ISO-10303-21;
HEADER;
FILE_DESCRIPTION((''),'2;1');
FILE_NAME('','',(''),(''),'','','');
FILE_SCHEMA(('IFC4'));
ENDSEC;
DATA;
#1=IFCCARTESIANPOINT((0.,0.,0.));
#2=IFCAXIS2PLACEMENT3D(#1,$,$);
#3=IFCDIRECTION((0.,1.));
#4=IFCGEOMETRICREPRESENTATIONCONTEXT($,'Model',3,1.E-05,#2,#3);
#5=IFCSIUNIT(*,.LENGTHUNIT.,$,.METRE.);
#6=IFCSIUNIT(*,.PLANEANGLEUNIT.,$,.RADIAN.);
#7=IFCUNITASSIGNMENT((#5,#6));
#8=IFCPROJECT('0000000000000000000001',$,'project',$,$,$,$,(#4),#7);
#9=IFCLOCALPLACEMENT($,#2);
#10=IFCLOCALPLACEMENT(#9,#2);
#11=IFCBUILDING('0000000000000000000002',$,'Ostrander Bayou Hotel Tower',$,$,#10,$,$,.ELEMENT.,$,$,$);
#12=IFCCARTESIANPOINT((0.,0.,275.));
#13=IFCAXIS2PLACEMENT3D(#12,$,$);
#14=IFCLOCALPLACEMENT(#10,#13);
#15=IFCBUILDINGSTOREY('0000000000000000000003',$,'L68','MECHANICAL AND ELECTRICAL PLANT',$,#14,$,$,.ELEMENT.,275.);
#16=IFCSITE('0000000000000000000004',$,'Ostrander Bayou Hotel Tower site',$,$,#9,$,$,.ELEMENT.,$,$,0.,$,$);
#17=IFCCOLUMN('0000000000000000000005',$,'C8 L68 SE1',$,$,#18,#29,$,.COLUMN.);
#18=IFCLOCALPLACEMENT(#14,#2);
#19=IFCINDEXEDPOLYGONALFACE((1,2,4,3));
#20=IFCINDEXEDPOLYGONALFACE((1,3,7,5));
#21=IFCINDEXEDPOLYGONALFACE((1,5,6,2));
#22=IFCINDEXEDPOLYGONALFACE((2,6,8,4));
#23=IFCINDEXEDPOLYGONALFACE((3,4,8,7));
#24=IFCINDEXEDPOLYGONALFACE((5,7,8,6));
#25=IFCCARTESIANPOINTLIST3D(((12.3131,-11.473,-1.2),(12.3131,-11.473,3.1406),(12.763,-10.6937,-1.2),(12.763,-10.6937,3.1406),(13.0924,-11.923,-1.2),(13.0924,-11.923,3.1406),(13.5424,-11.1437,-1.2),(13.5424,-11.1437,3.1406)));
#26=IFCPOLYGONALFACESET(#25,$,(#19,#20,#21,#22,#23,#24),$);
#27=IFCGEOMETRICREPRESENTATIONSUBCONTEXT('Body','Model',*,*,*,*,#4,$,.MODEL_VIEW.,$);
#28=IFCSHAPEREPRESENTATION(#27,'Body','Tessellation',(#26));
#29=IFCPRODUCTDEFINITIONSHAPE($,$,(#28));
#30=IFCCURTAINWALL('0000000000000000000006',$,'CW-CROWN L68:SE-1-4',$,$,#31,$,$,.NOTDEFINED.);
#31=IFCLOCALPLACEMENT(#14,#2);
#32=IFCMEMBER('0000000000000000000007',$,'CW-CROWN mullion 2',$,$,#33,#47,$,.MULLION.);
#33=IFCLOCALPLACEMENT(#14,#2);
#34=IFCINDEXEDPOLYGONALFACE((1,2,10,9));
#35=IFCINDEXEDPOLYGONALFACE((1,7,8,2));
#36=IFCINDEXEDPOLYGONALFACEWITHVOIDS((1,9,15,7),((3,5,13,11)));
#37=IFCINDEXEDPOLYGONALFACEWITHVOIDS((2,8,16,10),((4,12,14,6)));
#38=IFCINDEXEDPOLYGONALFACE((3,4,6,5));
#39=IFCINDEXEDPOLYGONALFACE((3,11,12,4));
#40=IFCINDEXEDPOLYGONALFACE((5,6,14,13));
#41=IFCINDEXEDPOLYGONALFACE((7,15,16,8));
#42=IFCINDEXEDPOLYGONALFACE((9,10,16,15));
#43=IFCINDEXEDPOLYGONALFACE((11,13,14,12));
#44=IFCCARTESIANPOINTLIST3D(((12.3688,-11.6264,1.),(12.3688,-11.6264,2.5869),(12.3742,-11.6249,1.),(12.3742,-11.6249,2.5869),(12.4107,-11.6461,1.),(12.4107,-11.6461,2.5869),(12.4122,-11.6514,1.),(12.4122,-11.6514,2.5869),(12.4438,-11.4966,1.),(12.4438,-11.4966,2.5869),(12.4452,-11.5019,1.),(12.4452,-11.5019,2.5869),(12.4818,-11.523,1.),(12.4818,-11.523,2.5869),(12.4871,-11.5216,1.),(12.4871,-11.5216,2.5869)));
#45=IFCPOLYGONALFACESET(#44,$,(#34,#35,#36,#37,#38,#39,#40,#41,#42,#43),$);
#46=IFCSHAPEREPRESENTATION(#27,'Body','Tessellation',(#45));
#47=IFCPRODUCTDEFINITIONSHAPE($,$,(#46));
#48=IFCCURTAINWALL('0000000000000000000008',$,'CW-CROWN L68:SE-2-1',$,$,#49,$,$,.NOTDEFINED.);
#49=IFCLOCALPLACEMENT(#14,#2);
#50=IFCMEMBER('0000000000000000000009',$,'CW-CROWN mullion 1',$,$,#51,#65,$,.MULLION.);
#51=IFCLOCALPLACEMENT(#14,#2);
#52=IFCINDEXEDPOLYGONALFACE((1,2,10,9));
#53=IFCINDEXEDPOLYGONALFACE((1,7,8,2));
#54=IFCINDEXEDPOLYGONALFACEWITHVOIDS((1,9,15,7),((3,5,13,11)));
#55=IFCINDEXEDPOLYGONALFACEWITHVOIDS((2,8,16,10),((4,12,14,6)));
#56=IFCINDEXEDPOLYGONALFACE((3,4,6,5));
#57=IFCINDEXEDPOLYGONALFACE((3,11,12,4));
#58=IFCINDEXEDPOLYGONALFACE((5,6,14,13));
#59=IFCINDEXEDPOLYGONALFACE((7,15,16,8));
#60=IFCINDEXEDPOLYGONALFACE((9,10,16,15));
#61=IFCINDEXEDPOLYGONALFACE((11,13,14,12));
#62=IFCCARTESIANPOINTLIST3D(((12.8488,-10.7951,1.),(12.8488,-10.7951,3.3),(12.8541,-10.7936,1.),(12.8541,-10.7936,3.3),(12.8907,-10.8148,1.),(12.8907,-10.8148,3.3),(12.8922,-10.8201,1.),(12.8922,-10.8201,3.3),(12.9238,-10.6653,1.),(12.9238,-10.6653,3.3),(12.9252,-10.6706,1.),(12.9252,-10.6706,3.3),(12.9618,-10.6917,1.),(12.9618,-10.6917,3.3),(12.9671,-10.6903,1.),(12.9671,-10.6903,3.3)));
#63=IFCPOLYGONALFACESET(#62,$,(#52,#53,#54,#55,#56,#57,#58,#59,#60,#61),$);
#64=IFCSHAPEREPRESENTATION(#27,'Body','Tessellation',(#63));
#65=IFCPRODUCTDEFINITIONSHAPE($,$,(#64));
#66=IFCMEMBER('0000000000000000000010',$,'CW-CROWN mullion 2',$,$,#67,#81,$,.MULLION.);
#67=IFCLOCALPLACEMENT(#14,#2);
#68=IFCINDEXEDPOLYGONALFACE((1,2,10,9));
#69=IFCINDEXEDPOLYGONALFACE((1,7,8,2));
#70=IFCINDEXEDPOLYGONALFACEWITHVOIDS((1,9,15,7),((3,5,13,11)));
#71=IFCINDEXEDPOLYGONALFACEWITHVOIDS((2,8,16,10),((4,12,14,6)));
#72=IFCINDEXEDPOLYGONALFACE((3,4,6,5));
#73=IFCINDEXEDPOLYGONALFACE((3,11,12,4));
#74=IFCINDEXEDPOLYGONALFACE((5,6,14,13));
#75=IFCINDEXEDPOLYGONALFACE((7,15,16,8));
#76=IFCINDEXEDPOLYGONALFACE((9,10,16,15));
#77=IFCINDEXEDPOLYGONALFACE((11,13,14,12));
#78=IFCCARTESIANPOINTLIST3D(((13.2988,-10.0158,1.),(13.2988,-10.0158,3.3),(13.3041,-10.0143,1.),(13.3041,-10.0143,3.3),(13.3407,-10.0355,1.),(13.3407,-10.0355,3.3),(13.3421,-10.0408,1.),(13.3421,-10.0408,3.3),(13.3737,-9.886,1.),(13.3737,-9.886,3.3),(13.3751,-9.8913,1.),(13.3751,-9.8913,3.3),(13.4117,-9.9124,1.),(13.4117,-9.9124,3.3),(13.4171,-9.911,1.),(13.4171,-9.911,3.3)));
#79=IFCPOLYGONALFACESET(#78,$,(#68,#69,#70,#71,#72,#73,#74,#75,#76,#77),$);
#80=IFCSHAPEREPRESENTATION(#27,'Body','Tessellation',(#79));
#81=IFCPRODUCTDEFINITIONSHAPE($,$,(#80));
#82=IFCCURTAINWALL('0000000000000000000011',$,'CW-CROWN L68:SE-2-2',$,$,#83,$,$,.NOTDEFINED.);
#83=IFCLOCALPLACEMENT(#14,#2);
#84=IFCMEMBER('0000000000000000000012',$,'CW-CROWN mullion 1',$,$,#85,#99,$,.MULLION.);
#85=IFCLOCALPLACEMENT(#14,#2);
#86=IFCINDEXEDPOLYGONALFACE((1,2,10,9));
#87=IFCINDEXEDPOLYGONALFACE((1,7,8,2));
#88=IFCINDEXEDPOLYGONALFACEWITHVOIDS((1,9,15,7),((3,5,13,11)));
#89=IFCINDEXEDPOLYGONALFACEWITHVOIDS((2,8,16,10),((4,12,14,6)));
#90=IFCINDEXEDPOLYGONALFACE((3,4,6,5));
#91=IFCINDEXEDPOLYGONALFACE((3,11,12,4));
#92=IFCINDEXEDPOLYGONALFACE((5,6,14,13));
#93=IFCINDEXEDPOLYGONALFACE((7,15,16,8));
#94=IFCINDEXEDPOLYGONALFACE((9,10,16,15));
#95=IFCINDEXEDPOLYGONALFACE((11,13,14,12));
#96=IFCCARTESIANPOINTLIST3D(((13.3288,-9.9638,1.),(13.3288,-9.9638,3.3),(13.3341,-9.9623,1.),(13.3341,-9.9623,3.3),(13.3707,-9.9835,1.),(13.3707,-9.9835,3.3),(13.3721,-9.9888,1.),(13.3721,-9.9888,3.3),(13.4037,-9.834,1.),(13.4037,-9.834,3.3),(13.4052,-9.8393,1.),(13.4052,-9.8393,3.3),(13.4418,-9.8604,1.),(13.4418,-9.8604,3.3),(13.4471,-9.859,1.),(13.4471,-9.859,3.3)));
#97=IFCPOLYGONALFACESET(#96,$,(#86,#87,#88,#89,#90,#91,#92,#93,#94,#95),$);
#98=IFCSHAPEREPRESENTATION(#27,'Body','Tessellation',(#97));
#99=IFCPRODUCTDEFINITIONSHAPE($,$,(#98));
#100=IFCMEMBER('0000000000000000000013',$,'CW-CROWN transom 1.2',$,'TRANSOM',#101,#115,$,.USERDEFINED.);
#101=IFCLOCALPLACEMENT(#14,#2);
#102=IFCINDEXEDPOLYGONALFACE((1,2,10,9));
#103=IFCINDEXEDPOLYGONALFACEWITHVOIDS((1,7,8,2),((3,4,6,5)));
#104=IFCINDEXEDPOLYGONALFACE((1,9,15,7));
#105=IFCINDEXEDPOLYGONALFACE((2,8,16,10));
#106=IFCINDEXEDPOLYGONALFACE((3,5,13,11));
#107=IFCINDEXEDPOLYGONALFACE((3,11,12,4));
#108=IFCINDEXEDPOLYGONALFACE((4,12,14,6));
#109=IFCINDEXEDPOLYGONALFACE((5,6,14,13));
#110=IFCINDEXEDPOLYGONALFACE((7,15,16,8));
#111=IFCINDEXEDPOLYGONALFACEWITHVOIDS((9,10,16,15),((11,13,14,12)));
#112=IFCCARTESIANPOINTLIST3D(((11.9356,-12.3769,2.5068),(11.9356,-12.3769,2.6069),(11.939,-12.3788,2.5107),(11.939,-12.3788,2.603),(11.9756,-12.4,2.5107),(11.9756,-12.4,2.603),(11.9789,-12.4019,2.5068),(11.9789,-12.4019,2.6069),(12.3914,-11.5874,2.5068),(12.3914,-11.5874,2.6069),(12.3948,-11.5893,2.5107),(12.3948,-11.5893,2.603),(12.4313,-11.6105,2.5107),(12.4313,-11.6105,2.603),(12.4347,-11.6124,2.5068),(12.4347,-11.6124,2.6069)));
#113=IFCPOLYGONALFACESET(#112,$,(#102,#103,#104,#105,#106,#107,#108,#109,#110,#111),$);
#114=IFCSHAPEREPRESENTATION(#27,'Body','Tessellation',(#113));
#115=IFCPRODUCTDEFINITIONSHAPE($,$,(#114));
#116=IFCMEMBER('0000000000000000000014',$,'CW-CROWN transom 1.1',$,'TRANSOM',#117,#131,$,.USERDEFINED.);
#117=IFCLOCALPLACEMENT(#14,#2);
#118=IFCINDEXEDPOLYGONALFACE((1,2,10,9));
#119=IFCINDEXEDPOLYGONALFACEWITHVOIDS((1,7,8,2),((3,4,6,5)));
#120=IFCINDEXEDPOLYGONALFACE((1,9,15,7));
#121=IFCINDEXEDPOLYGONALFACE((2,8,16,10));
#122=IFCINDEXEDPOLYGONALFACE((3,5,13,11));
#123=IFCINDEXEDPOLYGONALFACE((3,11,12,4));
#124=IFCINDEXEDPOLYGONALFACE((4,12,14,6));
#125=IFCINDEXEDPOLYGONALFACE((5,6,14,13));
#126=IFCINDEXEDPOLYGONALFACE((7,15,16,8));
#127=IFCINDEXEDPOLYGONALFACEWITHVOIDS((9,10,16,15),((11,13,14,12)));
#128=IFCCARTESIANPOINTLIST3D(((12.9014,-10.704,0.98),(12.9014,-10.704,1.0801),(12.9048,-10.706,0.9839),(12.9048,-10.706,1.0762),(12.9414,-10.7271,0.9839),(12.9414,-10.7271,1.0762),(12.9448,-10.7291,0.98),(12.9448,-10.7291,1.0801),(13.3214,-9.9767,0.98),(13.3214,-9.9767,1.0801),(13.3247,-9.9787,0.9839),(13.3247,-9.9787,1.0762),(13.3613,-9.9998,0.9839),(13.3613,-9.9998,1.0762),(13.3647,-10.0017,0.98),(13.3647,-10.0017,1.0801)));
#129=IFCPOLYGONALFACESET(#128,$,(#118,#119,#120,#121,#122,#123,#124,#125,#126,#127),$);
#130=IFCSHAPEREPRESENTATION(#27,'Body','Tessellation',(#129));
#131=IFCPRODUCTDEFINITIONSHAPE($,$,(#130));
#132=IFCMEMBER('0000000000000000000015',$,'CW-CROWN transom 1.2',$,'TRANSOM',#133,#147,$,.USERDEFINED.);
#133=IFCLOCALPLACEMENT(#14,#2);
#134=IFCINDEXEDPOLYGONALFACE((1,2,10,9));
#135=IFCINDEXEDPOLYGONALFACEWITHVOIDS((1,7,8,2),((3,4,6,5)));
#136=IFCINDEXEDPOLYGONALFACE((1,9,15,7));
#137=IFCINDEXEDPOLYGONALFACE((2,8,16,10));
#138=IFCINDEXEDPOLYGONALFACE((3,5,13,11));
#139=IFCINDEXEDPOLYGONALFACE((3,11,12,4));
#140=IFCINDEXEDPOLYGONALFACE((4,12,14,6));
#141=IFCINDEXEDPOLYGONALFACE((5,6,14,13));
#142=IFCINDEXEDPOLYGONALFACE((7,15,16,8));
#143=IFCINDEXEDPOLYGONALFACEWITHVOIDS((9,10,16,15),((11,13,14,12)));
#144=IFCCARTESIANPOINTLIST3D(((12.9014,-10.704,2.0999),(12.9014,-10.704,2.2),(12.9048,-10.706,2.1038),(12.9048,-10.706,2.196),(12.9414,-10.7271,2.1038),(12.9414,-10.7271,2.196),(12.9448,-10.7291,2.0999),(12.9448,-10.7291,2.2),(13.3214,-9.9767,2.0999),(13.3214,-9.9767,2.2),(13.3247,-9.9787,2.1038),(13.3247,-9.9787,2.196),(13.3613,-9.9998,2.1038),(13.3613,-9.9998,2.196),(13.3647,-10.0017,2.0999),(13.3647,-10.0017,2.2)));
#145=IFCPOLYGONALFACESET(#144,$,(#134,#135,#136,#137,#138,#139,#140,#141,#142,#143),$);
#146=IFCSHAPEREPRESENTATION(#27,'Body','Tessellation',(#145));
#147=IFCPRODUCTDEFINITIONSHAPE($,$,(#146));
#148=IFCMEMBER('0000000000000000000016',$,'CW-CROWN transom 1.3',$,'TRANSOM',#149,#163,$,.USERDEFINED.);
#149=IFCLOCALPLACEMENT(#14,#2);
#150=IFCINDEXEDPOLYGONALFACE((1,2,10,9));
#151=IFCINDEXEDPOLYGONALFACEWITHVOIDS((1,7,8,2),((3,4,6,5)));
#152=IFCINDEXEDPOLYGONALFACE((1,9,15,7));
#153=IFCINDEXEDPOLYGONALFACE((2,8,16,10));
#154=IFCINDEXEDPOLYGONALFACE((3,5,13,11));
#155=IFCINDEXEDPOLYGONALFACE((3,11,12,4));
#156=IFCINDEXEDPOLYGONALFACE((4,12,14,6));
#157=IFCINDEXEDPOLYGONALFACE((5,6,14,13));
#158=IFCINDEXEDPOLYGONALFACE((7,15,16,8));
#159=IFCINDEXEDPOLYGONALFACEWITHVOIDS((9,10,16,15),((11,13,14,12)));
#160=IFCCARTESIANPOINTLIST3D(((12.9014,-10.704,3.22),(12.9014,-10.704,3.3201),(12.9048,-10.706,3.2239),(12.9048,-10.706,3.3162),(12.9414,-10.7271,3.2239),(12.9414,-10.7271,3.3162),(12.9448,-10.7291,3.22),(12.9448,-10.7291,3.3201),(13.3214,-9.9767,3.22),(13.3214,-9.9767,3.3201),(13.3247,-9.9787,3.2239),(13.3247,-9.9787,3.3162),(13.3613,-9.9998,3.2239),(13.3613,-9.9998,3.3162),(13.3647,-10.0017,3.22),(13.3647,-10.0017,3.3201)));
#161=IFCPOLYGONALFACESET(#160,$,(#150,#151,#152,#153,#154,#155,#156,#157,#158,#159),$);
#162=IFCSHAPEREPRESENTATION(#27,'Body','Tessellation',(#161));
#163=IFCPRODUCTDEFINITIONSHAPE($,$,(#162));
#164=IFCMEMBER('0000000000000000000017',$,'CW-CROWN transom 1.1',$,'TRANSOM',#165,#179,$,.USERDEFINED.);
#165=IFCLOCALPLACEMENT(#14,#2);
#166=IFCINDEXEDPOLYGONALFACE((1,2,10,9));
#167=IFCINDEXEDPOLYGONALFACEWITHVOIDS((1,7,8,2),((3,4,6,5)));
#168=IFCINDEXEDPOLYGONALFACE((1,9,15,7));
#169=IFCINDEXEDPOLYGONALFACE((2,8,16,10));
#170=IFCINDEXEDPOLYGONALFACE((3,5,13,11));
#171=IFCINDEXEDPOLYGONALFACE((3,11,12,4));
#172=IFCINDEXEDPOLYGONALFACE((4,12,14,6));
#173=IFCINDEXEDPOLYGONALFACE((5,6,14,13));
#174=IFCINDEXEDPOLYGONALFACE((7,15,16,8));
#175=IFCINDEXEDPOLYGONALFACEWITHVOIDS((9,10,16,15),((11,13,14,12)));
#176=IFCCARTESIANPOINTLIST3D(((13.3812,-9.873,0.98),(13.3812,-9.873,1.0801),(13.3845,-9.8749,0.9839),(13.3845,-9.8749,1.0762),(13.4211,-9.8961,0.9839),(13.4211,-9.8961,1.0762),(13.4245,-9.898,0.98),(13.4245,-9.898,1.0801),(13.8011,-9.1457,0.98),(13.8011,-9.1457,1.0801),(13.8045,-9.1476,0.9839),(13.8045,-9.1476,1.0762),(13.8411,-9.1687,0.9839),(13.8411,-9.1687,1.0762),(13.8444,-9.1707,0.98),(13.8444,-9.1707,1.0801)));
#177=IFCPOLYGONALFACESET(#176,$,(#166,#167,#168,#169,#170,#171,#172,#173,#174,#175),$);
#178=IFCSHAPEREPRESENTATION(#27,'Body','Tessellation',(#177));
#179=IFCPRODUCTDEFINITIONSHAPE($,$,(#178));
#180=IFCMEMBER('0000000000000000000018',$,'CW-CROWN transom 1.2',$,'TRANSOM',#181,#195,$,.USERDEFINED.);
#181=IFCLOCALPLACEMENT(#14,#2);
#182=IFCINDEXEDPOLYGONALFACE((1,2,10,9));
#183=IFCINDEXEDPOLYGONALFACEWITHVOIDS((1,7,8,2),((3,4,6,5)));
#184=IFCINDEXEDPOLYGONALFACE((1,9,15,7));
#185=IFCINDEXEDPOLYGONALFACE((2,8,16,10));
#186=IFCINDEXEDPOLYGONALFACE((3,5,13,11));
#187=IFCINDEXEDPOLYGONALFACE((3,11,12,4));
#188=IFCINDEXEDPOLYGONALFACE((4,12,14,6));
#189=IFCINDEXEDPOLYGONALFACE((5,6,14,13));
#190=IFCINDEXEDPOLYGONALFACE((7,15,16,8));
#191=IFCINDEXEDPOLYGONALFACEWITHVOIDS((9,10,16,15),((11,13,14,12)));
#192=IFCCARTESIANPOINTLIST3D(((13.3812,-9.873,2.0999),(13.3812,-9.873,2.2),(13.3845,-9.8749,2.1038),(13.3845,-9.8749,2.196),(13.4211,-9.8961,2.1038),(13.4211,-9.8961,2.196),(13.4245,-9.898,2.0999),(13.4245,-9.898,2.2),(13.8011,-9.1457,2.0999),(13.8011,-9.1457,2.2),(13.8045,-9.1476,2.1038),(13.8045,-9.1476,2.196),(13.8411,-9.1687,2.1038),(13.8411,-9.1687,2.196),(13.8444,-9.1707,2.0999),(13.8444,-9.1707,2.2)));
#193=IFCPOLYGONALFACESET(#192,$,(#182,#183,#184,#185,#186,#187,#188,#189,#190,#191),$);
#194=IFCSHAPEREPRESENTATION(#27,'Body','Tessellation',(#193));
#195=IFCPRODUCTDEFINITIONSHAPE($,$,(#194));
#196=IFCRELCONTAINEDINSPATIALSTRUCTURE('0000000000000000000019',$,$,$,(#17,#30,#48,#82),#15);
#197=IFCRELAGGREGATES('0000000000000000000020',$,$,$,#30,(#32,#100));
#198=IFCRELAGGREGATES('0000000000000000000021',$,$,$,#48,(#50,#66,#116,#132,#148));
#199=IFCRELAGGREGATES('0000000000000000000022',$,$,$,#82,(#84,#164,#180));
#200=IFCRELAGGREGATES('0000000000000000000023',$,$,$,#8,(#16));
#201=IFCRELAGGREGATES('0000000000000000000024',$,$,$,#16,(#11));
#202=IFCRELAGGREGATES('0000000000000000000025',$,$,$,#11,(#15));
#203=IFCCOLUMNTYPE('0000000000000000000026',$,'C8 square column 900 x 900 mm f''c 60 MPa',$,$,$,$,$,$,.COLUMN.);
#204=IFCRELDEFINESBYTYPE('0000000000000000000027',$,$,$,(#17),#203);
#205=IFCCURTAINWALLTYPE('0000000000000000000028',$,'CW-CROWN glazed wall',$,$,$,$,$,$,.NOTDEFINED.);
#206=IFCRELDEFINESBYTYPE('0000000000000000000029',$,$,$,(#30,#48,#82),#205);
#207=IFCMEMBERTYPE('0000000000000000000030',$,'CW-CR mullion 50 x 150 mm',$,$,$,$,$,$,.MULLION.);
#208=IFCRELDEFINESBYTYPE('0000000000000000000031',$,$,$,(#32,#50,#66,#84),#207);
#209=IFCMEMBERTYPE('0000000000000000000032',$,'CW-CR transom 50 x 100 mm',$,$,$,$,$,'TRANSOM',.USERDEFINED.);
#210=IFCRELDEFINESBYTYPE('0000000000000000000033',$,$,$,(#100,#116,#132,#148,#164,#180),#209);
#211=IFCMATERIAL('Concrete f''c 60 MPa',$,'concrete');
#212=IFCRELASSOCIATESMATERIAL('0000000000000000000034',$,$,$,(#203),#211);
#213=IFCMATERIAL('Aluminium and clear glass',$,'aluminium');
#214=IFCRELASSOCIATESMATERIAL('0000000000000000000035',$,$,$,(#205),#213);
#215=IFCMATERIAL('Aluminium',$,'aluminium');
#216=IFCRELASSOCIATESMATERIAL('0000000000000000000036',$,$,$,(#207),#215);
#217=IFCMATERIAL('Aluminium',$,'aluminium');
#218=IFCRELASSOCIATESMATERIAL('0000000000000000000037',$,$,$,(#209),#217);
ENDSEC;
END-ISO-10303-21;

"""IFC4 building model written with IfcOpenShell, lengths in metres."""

from ifc_helpers import new_model, si_unit, direction, frame, origin, origin_2d, place, context, subcontext, project, spatial, rectangle, hollow_rectangle, extrude, material, material_profile, profile_set, type_object, element, aggregate, save


model = new_model("IFC4")

# Units and contexts
model_context = context("Model", 3, precision=1e-05, world=origin(), true_north=direction((0.0, 1.0)))
body_context = subcontext(model_context, "Body", "Model", "MODEL_VIEW")
ifc_project = project(units=[si_unit("LENGTHUNIT", "METRE"), si_unit("PLANEANGLEUNIT", "RADIAN")], contexts=[model_context])

# Site, building, storey
site_placement = place(None, origin())
site = spatial("IfcSite", under=ifc_project, at=site_placement, Name="Ostrander Bayou Hotel Tower site", CompositionType="ELEMENT", RefElevation=0.0)
building_placement = place(site_placement, origin())
building = spatial("IfcBuilding", under=site, at=building_placement, Name="Ostrander Bayou Hotel Tower", CompositionType="ELEMENT")
storey_placement = place(building_placement, frame((0.0, 0.0, 275.0)))
storey = spatial("IfcBuildingStorey", under=building, at=storey_placement, Name="L68", Description="MECHANICAL AND ELECTRICAL PLANT", CompositionType="ELEMENT", Elevation=275.0)

# Column
ifc_material_1 = material(Name="Concrete f'c 60 MPa", Category="concrete")
ifc_material_profile_1 = material_profile(ifc_material_1, rectangle(XDim=0.8999, YDim=0.8999, at=origin_2d()))
ifc_profile_set_1 = profile_set([ifc_material_profile_1], Name="Concrete f'c 60 MPa")
column_type = type_object("IfcColumnType", Name="C8 square column 900 x 900 mm f'c 60 MPa", PredefinedType="COLUMN", material=ifc_profile_set_1)
column_placement = place(storey_placement, frame((12.9277, -11.3083, -1.2), z_axis=(0.0, 0.0, 1.0), x_axis=(-0.5, -0.866025, 0.0)))
element("IfcColumn", 1, at=column_placement, inside=storey, type_object=column_type, Name="C8 L68 SE1", PredefinedType="COLUMN", context=body_context, shape_type="SweptSolid", body=[
    extrude(rectangle(XDim=0.8999, YDim=0.8999, at=origin_2d()), origin(), (0.0, 0.0, 1.0), 4.3406),
])

# Curtain wall, member
ifc_material_2 = material(Name="Aluminium and clear glass", Category="aluminium")
curtain_wall_type = type_object("IfcCurtainWallType", Name="CW-CROWN glazed wall", PredefinedType="NOTDEFINED", material=ifc_material_2)
curtain_wall_1_placement = place(storey_placement, origin())
curtain_wall_1 = element("IfcCurtainWall", 2, at=curtain_wall_1_placement, inside=storey, type_object=curtain_wall_type, Name="CW-CROWN L68:SE-1-4", PredefinedType="NOTDEFINED")
ifc_material_3 = material(Name="Aluminium", Category="aluminium")
ifc_material_profile_2 = material_profile(ifc_material_3, hollow_rectangle(XDim=0.05, YDim=0.1499, WallThickness=0.0039, at=origin_2d()))
ifc_profile_set_2 = profile_set([ifc_material_profile_2], Name="Aluminium")
member_type_1 = type_object("IfcMemberType", Name="CW-CR mullion 50 x 150 mm", PredefinedType="MULLION", material=ifc_profile_set_2)
member_1_placement = place(storey_placement, frame((12.428, -11.574, 1.0), z_axis=(0.0, 0.0, 1.0), x_axis=(-0.866027, 0.499997, 0.0)))
member_1 = element("IfcMember", 3, at=member_1_placement, type_object=member_type_1, Name="CW-CROWN mullion 2", PredefinedType="MULLION", context=body_context, shape_type="SweptSolid", body=[
    extrude(hollow_rectangle(XDim=0.05, YDim=0.1499, WallThickness=0.0039, at=origin_2d()), origin(), (0.0, 0.0, 1.0), 1.5869),
])

# Curtain wall, members
curtain_wall_2_placement = place(storey_placement, origin())
curtain_wall_2 = element("IfcCurtainWall", 4, at=curtain_wall_2_placement, inside=storey, type_object=curtain_wall_type, Name="CW-CROWN L68:SE-2-1", PredefinedType="NOTDEFINED")
member_2_placement = place(storey_placement, frame((12.908, -10.7427, 1.0), z_axis=(0.0, 0.0, 1.0), x_axis=(-0.866022, 0.500005, 0.0)))
member_2 = element("IfcMember", 5, at=member_2_placement, type_object=member_type_1, Name="CW-CROWN mullion 1", PredefinedType="MULLION", context=body_context, shape_type="SweptSolid", body=[
    extrude(hollow_rectangle(XDim=0.05, YDim=0.1499, WallThickness=0.0039, at=origin_2d()), origin(), (0.0, 0.0, 1.0), 2.3),
])
member_3_placement = place(storey_placement, frame((13.3579, -9.9634, 1.0), z_axis=(0.0, 0.0, 1.0), x_axis=(-0.866022, 0.500005, 0.0)))
member_3 = element("IfcMember", 6, at=member_3_placement, type_object=member_type_1, Name="CW-CROWN mullion 2", PredefinedType="MULLION", context=body_context, shape_type="SweptSolid", body=[
    extrude(hollow_rectangle(XDim=0.05, YDim=0.1499, WallThickness=0.0039, at=origin_2d()), origin(), (0.0, 0.0, 1.0), 2.3),
])

# Curtain wall, member
curtain_wall_3_placement = place(storey_placement, origin())
curtain_wall_3 = element("IfcCurtainWall", 7, at=curtain_wall_3_placement, inside=storey, type_object=curtain_wall_type, Name="CW-CROWN L68:SE-2-2", PredefinedType="NOTDEFINED")
member_4_placement = place(storey_placement, frame((13.3879, -9.9114, 1.0), z_axis=(0.0, 0.0, 1.0), x_axis=(-0.866022, 0.500005, 0.0)))
member_4 = element("IfcMember", 8, at=member_4_placement, type_object=member_type_1, Name="CW-CROWN mullion 1", PredefinedType="MULLION", context=body_context, shape_type="SweptSolid", body=[
    extrude(hollow_rectangle(XDim=0.05, YDim=0.1499, WallThickness=0.0039, at=origin_2d()), origin(), (0.0, 0.0, 1.0), 2.3),
])

# Members
ifc_material_4 = material(Name="Aluminium", Category="aluminium")
ifc_material_profile_3 = material_profile(ifc_material_4, hollow_rectangle(XDim=0.05, YDim=0.1001, WallThickness=0.0039, at=origin_2d()))
ifc_profile_set_3 = profile_set([ifc_material_profile_3], Name="Aluminium")
member_type_2 = type_object("IfcMemberType", Name="CW-CR transom 50 x 100 mm", ElementType="TRANSOM", PredefinedType="USERDEFINED", material=ifc_profile_set_3)
member_5_placement = place(storey_placement, frame((11.9573, -12.3894, 2.5569), z_axis=(0.49997, 0.866043, 0.0), x_axis=(-0.866043, 0.49997, 0.0)))
member_5 = element("IfcMember", 9, at=member_5_placement, type_object=member_type_2, Name="CW-CROWN transom 1.2", ObjectType="TRANSOM", PredefinedType="USERDEFINED", context=body_context, shape_type="SweptSolid", body=[
    extrude(hollow_rectangle(XDim=0.05, YDim=0.1001, WallThickness=0.0039, at=origin_2d()), origin(), (0.0, 0.0, 1.0), 0.9116),
])
member_6_placement = place(storey_placement, frame((12.9231, -10.7166, 1.03), z_axis=(0.500016, 0.866016, 0.0), x_axis=(-0.866016, 0.500016, 0.0)))
member_6 = element("IfcMember", 10, at=member_6_placement, type_object=member_type_2, Name="CW-CROWN transom 1.1", ObjectType="TRANSOM", PredefinedType="USERDEFINED", context=body_context, shape_type="SweptSolid", body=[
    extrude(hollow_rectangle(XDim=0.05, YDim=0.1001, WallThickness=0.0039, at=origin_2d()), origin(), (0.0, 0.0, 1.0), 0.8398),
])
member_7_placement = place(storey_placement, frame((12.9231, -10.7166, 2.1499), z_axis=(0.500016, 0.866016, 0.0), x_axis=(-0.866016, 0.500016, 0.0)))
member_7 = element("IfcMember", 11, at=member_7_placement, type_object=member_type_2, Name="CW-CROWN transom 1.2", ObjectType="TRANSOM", PredefinedType="USERDEFINED", context=body_context, shape_type="SweptSolid", body=[
    extrude(hollow_rectangle(XDim=0.05, YDim=0.1001, WallThickness=0.0039, at=origin_2d()), origin(), (0.0, 0.0, 1.0), 0.8398),
])
member_8_placement = place(storey_placement, frame((12.9231, -10.7166, 3.27), z_axis=(0.500016, 0.866016, 0.0), x_axis=(-0.866016, 0.500016, 0.0)))
member_8 = element("IfcMember", 12, at=member_8_placement, type_object=member_type_2, Name="CW-CROWN transom 1.3", ObjectType="TRANSOM", PredefinedType="USERDEFINED", context=body_context, shape_type="SweptSolid", body=[
    extrude(hollow_rectangle(XDim=0.05, YDim=0.1001, WallThickness=0.0039, at=origin_2d()), origin(), (0.0, 0.0, 1.0), 0.8398),
])
member_9_placement = place(storey_placement, frame((13.4028, -9.8855, 1.03), z_axis=(0.500016, 0.866016, 0.0), x_axis=(-0.866016, 0.500016, 0.0)))
member_9 = element("IfcMember", 13, at=member_9_placement, type_object=member_type_2, Name="CW-CROWN transom 1.1", ObjectType="TRANSOM", PredefinedType="USERDEFINED", context=body_context, shape_type="SweptSolid", body=[
    extrude(hollow_rectangle(XDim=0.05, YDim=0.1001, WallThickness=0.0039, at=origin_2d()), origin(), (0.0, 0.0, 1.0), 0.8398),
])
member_10_placement = place(storey_placement, frame((13.4028, -9.8855, 2.1499), z_axis=(0.500016, 0.866016, 0.0), x_axis=(-0.866016, 0.500016, 0.0)))
member_10 = element("IfcMember", 14, at=member_10_placement, type_object=member_type_2, Name="CW-CROWN transom 1.2", ObjectType="TRANSOM", PredefinedType="USERDEFINED", context=body_context, shape_type="SweptSolid", body=[
    extrude(hollow_rectangle(XDim=0.05, YDim=0.1001, WallThickness=0.0039, at=origin_2d()), origin(), (0.0, 0.0, 1.0), 0.8398),
])

aggregate(curtain_wall_1, [member_1, member_5])
aggregate(curtain_wall_2, [member_2, member_3, member_6, member_7, member_8])
aggregate(curtain_wall_3, [member_4, member_9, member_10])

save(model, "model.ifc")
